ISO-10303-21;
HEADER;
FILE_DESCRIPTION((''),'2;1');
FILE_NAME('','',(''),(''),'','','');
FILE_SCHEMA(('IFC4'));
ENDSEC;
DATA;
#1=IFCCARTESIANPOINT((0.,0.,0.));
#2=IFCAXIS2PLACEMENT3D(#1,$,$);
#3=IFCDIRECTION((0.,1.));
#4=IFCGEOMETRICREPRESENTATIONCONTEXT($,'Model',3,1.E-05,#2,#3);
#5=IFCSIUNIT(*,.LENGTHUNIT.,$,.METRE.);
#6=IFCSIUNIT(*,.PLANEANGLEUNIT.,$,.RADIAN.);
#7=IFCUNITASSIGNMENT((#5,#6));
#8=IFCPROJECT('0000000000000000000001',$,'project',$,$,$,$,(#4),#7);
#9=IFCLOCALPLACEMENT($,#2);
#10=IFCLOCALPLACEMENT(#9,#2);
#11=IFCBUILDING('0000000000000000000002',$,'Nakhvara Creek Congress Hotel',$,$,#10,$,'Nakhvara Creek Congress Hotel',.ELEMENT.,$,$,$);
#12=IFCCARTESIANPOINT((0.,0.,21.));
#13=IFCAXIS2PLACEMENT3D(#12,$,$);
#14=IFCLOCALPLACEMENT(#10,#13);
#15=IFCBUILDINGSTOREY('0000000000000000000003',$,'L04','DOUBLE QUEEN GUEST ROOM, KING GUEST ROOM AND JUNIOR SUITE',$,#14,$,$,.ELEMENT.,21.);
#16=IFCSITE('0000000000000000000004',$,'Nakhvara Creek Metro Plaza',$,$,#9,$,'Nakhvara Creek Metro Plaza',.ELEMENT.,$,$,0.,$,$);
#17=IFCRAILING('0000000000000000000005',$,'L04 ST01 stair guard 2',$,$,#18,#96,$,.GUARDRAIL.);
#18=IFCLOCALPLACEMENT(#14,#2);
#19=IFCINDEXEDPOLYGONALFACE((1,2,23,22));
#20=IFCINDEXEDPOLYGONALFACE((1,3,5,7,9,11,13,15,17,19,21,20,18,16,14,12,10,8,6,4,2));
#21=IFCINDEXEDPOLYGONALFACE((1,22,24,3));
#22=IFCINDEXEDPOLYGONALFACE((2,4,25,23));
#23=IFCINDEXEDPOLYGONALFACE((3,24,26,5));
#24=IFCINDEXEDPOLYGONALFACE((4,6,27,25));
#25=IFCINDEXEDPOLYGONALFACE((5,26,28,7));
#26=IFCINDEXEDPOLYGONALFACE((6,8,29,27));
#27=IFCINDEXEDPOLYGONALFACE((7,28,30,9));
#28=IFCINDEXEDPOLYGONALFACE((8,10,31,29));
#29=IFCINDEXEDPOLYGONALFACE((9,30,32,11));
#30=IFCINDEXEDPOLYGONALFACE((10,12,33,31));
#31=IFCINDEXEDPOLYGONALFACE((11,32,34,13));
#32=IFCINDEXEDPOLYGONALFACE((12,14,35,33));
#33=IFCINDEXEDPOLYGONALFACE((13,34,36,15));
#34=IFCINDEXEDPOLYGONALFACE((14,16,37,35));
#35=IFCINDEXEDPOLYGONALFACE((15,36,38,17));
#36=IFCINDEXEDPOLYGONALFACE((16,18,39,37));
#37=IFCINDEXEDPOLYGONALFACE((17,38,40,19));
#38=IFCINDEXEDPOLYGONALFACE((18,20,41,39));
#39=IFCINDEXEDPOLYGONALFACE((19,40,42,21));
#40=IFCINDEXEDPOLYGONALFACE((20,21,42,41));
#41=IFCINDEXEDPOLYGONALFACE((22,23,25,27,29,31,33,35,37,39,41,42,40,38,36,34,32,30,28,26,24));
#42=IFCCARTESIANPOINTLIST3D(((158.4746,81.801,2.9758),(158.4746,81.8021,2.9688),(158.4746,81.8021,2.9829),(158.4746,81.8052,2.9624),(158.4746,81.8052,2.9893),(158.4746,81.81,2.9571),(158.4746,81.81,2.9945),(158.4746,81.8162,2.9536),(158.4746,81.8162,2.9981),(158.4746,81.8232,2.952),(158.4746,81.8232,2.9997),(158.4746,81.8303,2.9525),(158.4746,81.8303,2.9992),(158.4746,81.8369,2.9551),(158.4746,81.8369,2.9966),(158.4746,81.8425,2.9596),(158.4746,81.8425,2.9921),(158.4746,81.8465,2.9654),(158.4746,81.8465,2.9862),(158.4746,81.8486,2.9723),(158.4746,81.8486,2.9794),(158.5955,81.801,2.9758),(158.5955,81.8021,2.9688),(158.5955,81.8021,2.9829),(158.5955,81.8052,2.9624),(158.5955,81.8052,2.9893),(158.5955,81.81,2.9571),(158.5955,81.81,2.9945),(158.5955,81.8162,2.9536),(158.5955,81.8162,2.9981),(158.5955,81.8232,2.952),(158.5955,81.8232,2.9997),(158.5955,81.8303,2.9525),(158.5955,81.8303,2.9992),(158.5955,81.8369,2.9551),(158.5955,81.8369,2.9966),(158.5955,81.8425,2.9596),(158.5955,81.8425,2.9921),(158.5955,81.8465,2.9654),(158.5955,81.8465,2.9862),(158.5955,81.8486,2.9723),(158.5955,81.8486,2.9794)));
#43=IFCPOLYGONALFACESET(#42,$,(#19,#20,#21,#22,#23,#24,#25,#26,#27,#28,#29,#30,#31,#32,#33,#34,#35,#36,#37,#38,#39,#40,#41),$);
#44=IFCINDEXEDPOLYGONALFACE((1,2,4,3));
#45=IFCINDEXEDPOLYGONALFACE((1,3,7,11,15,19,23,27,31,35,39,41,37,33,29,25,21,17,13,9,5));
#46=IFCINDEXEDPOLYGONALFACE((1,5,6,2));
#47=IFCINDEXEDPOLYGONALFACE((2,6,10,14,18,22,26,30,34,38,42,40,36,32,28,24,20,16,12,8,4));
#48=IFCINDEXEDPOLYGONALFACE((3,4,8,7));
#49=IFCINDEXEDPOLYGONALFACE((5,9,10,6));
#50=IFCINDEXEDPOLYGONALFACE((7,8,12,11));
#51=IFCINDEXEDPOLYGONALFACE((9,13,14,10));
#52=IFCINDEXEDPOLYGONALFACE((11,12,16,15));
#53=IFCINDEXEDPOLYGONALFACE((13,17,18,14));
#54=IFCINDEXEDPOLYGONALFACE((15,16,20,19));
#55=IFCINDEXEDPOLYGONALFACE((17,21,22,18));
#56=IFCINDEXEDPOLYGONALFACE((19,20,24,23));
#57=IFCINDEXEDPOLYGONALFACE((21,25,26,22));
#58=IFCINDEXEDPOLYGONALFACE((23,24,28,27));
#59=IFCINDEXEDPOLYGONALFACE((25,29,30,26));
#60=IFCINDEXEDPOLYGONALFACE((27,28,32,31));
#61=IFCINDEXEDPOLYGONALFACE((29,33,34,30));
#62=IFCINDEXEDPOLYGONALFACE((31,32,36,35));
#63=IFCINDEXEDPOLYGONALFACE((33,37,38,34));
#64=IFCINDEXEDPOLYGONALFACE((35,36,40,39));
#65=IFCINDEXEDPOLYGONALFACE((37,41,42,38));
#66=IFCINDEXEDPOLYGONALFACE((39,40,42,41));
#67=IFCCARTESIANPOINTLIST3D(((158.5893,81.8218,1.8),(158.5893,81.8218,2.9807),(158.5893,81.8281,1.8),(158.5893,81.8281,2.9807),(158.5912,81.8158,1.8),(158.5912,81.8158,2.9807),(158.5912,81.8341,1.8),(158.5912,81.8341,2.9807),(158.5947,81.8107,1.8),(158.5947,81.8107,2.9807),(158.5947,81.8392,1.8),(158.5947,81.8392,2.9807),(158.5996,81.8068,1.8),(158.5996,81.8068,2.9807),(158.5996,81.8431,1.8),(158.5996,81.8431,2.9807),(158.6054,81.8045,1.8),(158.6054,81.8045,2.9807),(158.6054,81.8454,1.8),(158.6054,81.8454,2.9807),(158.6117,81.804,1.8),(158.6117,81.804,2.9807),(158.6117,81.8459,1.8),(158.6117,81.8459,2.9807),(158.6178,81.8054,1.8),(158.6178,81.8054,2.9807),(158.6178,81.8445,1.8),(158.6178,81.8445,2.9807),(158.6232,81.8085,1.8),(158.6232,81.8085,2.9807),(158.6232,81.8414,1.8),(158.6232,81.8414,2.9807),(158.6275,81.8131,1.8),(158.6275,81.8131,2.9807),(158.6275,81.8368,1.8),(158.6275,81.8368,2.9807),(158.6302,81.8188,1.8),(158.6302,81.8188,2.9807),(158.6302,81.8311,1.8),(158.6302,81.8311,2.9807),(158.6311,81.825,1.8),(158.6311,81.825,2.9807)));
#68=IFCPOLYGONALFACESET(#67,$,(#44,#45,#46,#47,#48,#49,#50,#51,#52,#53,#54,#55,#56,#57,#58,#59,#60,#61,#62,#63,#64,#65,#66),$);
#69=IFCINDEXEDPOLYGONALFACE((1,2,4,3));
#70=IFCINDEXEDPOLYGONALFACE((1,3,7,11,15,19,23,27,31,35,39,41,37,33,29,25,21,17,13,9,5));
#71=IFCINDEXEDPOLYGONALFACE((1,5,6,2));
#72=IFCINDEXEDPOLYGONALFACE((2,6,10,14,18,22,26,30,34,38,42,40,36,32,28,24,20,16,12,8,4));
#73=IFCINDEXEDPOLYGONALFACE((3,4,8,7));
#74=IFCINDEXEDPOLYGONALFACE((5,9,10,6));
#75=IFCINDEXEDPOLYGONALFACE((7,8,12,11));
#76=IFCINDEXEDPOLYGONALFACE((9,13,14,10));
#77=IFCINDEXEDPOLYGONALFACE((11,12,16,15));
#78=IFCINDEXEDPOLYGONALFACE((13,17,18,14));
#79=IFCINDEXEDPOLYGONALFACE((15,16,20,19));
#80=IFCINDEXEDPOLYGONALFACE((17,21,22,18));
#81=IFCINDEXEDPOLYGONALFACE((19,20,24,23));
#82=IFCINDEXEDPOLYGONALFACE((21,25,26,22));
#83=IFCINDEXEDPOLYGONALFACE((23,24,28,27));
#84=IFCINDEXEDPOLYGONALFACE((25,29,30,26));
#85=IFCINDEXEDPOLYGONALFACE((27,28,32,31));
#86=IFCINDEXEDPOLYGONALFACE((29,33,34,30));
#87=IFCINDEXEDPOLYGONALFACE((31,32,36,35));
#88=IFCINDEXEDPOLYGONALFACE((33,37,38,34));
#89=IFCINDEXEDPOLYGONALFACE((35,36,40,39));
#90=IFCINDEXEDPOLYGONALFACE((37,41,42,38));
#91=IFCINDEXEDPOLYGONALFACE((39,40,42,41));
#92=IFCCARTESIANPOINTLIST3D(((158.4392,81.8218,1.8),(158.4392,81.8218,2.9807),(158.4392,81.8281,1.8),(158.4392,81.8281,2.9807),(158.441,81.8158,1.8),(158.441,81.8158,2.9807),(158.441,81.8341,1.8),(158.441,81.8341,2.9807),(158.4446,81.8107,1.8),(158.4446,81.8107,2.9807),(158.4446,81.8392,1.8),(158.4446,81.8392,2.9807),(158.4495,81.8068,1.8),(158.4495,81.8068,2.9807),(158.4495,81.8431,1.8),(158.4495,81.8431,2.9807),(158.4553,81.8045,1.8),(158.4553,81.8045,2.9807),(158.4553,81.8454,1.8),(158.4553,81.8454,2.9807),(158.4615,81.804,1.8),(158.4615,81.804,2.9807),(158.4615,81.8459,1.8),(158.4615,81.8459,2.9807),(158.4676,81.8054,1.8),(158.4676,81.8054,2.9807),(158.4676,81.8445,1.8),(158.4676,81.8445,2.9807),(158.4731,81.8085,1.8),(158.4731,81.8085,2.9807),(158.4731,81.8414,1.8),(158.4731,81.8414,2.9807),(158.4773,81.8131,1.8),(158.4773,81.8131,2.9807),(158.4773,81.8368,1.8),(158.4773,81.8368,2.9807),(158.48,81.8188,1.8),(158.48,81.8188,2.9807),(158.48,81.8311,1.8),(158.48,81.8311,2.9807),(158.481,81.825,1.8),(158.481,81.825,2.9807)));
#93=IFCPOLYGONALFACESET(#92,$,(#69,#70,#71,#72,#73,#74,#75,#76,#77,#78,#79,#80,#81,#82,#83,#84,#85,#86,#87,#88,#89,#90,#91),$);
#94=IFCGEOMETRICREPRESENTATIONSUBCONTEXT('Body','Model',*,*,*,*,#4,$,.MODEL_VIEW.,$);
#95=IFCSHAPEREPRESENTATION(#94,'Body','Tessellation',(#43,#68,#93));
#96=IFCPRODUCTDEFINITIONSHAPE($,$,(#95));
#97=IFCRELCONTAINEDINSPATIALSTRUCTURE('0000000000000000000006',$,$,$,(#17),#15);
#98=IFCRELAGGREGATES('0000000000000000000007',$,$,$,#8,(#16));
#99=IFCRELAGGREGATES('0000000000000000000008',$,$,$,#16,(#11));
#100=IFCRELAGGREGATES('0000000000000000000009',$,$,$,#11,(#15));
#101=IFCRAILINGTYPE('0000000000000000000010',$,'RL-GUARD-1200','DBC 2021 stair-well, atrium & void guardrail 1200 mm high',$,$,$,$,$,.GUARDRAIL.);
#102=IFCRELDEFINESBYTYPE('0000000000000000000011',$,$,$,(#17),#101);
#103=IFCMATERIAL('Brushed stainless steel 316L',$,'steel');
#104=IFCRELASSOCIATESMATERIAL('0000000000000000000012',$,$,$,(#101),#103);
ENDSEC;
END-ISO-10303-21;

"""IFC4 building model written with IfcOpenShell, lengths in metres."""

from ifc_helpers import new_model, si_unit, direction, frame, origin, origin_2d, place, context, subcontext, project, spatial, circle, extrude, material, type_object, element, save


model = new_model("IFC4")

# Units and contexts
model_context = context("Model", 3, precision=1e-05, world=origin(), true_north=direction((0.0, 1.0)))
body_context = subcontext(model_context, "Body", "Model", "MODEL_VIEW")
ifc_project = project(units=[si_unit("LENGTHUNIT", "METRE"), si_unit("PLANEANGLEUNIT", "RADIAN")], contexts=[model_context])

# Site, building, storey
site_placement = place(None, origin())
site = spatial("IfcSite", under=ifc_project, at=site_placement, Name="Nakhvara Creek Metro Plaza", LongName="Nakhvara Creek Metro Plaza", CompositionType="ELEMENT", RefElevation=0.0)
building_placement = place(site_placement, origin())
building = spatial("IfcBuilding", under=site, at=building_placement, Name="Nakhvara Creek Congress Hotel", LongName="Nakhvara Creek Congress Hotel", CompositionType="ELEMENT")
storey_placement = place(building_placement, frame((0.0, 0.0, 21.0)))
storey = spatial("IfcBuildingStorey", under=building, at=storey_placement, Name="L04", Description="DOUBLE QUEEN GUEST ROOM, KING GUEST ROOM AND JUNIOR SUITE", CompositionType="ELEMENT", Elevation=21.0)

# Railing
ifc_material_1 = material(Name="Brushed stainless steel 316L", Category="steel")
railing_type_1 = type_object("IfcRailingType", Name="RL-GUARD-1200", Description="DBC 2021 stair-well, atrium & void guardrail 1200 mm high", PredefinedType="GUARDRAIL", material=ifc_material_1)
railing_1_placement = place(storey_placement, frame((158.6101, 81.825, 1.8)))
element("IfcRailing", 1, at=railing_1_placement, inside=storey, type_object=railing_type_1, Name="L04 ST01 stair guard 2", PredefinedType="GUARDRAIL", context=body_context, shape_type="SweptSolid", body=[
    extrude(circle(Radius=0.0239, at=origin_2d()), frame((-0.0146, 0.0, 1.1758), z_axis=(-1.0, 0.0, 0.0), x_axis=(0.0, -1.0, 0.0)), (0.0, 0.0, 1.0), 0.1208),
    extrude(circle(Radius=0.021, at=origin_2d()), origin(), (0.0, 0.0, 1.0), 1.1807),
    extrude(circle(Radius=0.021, at=origin_2d()), frame((-0.1501, 0.0, 0.0)), (0.0, 0.0, 1.0), 1.1807),
])

save(model, "model.ifc")
